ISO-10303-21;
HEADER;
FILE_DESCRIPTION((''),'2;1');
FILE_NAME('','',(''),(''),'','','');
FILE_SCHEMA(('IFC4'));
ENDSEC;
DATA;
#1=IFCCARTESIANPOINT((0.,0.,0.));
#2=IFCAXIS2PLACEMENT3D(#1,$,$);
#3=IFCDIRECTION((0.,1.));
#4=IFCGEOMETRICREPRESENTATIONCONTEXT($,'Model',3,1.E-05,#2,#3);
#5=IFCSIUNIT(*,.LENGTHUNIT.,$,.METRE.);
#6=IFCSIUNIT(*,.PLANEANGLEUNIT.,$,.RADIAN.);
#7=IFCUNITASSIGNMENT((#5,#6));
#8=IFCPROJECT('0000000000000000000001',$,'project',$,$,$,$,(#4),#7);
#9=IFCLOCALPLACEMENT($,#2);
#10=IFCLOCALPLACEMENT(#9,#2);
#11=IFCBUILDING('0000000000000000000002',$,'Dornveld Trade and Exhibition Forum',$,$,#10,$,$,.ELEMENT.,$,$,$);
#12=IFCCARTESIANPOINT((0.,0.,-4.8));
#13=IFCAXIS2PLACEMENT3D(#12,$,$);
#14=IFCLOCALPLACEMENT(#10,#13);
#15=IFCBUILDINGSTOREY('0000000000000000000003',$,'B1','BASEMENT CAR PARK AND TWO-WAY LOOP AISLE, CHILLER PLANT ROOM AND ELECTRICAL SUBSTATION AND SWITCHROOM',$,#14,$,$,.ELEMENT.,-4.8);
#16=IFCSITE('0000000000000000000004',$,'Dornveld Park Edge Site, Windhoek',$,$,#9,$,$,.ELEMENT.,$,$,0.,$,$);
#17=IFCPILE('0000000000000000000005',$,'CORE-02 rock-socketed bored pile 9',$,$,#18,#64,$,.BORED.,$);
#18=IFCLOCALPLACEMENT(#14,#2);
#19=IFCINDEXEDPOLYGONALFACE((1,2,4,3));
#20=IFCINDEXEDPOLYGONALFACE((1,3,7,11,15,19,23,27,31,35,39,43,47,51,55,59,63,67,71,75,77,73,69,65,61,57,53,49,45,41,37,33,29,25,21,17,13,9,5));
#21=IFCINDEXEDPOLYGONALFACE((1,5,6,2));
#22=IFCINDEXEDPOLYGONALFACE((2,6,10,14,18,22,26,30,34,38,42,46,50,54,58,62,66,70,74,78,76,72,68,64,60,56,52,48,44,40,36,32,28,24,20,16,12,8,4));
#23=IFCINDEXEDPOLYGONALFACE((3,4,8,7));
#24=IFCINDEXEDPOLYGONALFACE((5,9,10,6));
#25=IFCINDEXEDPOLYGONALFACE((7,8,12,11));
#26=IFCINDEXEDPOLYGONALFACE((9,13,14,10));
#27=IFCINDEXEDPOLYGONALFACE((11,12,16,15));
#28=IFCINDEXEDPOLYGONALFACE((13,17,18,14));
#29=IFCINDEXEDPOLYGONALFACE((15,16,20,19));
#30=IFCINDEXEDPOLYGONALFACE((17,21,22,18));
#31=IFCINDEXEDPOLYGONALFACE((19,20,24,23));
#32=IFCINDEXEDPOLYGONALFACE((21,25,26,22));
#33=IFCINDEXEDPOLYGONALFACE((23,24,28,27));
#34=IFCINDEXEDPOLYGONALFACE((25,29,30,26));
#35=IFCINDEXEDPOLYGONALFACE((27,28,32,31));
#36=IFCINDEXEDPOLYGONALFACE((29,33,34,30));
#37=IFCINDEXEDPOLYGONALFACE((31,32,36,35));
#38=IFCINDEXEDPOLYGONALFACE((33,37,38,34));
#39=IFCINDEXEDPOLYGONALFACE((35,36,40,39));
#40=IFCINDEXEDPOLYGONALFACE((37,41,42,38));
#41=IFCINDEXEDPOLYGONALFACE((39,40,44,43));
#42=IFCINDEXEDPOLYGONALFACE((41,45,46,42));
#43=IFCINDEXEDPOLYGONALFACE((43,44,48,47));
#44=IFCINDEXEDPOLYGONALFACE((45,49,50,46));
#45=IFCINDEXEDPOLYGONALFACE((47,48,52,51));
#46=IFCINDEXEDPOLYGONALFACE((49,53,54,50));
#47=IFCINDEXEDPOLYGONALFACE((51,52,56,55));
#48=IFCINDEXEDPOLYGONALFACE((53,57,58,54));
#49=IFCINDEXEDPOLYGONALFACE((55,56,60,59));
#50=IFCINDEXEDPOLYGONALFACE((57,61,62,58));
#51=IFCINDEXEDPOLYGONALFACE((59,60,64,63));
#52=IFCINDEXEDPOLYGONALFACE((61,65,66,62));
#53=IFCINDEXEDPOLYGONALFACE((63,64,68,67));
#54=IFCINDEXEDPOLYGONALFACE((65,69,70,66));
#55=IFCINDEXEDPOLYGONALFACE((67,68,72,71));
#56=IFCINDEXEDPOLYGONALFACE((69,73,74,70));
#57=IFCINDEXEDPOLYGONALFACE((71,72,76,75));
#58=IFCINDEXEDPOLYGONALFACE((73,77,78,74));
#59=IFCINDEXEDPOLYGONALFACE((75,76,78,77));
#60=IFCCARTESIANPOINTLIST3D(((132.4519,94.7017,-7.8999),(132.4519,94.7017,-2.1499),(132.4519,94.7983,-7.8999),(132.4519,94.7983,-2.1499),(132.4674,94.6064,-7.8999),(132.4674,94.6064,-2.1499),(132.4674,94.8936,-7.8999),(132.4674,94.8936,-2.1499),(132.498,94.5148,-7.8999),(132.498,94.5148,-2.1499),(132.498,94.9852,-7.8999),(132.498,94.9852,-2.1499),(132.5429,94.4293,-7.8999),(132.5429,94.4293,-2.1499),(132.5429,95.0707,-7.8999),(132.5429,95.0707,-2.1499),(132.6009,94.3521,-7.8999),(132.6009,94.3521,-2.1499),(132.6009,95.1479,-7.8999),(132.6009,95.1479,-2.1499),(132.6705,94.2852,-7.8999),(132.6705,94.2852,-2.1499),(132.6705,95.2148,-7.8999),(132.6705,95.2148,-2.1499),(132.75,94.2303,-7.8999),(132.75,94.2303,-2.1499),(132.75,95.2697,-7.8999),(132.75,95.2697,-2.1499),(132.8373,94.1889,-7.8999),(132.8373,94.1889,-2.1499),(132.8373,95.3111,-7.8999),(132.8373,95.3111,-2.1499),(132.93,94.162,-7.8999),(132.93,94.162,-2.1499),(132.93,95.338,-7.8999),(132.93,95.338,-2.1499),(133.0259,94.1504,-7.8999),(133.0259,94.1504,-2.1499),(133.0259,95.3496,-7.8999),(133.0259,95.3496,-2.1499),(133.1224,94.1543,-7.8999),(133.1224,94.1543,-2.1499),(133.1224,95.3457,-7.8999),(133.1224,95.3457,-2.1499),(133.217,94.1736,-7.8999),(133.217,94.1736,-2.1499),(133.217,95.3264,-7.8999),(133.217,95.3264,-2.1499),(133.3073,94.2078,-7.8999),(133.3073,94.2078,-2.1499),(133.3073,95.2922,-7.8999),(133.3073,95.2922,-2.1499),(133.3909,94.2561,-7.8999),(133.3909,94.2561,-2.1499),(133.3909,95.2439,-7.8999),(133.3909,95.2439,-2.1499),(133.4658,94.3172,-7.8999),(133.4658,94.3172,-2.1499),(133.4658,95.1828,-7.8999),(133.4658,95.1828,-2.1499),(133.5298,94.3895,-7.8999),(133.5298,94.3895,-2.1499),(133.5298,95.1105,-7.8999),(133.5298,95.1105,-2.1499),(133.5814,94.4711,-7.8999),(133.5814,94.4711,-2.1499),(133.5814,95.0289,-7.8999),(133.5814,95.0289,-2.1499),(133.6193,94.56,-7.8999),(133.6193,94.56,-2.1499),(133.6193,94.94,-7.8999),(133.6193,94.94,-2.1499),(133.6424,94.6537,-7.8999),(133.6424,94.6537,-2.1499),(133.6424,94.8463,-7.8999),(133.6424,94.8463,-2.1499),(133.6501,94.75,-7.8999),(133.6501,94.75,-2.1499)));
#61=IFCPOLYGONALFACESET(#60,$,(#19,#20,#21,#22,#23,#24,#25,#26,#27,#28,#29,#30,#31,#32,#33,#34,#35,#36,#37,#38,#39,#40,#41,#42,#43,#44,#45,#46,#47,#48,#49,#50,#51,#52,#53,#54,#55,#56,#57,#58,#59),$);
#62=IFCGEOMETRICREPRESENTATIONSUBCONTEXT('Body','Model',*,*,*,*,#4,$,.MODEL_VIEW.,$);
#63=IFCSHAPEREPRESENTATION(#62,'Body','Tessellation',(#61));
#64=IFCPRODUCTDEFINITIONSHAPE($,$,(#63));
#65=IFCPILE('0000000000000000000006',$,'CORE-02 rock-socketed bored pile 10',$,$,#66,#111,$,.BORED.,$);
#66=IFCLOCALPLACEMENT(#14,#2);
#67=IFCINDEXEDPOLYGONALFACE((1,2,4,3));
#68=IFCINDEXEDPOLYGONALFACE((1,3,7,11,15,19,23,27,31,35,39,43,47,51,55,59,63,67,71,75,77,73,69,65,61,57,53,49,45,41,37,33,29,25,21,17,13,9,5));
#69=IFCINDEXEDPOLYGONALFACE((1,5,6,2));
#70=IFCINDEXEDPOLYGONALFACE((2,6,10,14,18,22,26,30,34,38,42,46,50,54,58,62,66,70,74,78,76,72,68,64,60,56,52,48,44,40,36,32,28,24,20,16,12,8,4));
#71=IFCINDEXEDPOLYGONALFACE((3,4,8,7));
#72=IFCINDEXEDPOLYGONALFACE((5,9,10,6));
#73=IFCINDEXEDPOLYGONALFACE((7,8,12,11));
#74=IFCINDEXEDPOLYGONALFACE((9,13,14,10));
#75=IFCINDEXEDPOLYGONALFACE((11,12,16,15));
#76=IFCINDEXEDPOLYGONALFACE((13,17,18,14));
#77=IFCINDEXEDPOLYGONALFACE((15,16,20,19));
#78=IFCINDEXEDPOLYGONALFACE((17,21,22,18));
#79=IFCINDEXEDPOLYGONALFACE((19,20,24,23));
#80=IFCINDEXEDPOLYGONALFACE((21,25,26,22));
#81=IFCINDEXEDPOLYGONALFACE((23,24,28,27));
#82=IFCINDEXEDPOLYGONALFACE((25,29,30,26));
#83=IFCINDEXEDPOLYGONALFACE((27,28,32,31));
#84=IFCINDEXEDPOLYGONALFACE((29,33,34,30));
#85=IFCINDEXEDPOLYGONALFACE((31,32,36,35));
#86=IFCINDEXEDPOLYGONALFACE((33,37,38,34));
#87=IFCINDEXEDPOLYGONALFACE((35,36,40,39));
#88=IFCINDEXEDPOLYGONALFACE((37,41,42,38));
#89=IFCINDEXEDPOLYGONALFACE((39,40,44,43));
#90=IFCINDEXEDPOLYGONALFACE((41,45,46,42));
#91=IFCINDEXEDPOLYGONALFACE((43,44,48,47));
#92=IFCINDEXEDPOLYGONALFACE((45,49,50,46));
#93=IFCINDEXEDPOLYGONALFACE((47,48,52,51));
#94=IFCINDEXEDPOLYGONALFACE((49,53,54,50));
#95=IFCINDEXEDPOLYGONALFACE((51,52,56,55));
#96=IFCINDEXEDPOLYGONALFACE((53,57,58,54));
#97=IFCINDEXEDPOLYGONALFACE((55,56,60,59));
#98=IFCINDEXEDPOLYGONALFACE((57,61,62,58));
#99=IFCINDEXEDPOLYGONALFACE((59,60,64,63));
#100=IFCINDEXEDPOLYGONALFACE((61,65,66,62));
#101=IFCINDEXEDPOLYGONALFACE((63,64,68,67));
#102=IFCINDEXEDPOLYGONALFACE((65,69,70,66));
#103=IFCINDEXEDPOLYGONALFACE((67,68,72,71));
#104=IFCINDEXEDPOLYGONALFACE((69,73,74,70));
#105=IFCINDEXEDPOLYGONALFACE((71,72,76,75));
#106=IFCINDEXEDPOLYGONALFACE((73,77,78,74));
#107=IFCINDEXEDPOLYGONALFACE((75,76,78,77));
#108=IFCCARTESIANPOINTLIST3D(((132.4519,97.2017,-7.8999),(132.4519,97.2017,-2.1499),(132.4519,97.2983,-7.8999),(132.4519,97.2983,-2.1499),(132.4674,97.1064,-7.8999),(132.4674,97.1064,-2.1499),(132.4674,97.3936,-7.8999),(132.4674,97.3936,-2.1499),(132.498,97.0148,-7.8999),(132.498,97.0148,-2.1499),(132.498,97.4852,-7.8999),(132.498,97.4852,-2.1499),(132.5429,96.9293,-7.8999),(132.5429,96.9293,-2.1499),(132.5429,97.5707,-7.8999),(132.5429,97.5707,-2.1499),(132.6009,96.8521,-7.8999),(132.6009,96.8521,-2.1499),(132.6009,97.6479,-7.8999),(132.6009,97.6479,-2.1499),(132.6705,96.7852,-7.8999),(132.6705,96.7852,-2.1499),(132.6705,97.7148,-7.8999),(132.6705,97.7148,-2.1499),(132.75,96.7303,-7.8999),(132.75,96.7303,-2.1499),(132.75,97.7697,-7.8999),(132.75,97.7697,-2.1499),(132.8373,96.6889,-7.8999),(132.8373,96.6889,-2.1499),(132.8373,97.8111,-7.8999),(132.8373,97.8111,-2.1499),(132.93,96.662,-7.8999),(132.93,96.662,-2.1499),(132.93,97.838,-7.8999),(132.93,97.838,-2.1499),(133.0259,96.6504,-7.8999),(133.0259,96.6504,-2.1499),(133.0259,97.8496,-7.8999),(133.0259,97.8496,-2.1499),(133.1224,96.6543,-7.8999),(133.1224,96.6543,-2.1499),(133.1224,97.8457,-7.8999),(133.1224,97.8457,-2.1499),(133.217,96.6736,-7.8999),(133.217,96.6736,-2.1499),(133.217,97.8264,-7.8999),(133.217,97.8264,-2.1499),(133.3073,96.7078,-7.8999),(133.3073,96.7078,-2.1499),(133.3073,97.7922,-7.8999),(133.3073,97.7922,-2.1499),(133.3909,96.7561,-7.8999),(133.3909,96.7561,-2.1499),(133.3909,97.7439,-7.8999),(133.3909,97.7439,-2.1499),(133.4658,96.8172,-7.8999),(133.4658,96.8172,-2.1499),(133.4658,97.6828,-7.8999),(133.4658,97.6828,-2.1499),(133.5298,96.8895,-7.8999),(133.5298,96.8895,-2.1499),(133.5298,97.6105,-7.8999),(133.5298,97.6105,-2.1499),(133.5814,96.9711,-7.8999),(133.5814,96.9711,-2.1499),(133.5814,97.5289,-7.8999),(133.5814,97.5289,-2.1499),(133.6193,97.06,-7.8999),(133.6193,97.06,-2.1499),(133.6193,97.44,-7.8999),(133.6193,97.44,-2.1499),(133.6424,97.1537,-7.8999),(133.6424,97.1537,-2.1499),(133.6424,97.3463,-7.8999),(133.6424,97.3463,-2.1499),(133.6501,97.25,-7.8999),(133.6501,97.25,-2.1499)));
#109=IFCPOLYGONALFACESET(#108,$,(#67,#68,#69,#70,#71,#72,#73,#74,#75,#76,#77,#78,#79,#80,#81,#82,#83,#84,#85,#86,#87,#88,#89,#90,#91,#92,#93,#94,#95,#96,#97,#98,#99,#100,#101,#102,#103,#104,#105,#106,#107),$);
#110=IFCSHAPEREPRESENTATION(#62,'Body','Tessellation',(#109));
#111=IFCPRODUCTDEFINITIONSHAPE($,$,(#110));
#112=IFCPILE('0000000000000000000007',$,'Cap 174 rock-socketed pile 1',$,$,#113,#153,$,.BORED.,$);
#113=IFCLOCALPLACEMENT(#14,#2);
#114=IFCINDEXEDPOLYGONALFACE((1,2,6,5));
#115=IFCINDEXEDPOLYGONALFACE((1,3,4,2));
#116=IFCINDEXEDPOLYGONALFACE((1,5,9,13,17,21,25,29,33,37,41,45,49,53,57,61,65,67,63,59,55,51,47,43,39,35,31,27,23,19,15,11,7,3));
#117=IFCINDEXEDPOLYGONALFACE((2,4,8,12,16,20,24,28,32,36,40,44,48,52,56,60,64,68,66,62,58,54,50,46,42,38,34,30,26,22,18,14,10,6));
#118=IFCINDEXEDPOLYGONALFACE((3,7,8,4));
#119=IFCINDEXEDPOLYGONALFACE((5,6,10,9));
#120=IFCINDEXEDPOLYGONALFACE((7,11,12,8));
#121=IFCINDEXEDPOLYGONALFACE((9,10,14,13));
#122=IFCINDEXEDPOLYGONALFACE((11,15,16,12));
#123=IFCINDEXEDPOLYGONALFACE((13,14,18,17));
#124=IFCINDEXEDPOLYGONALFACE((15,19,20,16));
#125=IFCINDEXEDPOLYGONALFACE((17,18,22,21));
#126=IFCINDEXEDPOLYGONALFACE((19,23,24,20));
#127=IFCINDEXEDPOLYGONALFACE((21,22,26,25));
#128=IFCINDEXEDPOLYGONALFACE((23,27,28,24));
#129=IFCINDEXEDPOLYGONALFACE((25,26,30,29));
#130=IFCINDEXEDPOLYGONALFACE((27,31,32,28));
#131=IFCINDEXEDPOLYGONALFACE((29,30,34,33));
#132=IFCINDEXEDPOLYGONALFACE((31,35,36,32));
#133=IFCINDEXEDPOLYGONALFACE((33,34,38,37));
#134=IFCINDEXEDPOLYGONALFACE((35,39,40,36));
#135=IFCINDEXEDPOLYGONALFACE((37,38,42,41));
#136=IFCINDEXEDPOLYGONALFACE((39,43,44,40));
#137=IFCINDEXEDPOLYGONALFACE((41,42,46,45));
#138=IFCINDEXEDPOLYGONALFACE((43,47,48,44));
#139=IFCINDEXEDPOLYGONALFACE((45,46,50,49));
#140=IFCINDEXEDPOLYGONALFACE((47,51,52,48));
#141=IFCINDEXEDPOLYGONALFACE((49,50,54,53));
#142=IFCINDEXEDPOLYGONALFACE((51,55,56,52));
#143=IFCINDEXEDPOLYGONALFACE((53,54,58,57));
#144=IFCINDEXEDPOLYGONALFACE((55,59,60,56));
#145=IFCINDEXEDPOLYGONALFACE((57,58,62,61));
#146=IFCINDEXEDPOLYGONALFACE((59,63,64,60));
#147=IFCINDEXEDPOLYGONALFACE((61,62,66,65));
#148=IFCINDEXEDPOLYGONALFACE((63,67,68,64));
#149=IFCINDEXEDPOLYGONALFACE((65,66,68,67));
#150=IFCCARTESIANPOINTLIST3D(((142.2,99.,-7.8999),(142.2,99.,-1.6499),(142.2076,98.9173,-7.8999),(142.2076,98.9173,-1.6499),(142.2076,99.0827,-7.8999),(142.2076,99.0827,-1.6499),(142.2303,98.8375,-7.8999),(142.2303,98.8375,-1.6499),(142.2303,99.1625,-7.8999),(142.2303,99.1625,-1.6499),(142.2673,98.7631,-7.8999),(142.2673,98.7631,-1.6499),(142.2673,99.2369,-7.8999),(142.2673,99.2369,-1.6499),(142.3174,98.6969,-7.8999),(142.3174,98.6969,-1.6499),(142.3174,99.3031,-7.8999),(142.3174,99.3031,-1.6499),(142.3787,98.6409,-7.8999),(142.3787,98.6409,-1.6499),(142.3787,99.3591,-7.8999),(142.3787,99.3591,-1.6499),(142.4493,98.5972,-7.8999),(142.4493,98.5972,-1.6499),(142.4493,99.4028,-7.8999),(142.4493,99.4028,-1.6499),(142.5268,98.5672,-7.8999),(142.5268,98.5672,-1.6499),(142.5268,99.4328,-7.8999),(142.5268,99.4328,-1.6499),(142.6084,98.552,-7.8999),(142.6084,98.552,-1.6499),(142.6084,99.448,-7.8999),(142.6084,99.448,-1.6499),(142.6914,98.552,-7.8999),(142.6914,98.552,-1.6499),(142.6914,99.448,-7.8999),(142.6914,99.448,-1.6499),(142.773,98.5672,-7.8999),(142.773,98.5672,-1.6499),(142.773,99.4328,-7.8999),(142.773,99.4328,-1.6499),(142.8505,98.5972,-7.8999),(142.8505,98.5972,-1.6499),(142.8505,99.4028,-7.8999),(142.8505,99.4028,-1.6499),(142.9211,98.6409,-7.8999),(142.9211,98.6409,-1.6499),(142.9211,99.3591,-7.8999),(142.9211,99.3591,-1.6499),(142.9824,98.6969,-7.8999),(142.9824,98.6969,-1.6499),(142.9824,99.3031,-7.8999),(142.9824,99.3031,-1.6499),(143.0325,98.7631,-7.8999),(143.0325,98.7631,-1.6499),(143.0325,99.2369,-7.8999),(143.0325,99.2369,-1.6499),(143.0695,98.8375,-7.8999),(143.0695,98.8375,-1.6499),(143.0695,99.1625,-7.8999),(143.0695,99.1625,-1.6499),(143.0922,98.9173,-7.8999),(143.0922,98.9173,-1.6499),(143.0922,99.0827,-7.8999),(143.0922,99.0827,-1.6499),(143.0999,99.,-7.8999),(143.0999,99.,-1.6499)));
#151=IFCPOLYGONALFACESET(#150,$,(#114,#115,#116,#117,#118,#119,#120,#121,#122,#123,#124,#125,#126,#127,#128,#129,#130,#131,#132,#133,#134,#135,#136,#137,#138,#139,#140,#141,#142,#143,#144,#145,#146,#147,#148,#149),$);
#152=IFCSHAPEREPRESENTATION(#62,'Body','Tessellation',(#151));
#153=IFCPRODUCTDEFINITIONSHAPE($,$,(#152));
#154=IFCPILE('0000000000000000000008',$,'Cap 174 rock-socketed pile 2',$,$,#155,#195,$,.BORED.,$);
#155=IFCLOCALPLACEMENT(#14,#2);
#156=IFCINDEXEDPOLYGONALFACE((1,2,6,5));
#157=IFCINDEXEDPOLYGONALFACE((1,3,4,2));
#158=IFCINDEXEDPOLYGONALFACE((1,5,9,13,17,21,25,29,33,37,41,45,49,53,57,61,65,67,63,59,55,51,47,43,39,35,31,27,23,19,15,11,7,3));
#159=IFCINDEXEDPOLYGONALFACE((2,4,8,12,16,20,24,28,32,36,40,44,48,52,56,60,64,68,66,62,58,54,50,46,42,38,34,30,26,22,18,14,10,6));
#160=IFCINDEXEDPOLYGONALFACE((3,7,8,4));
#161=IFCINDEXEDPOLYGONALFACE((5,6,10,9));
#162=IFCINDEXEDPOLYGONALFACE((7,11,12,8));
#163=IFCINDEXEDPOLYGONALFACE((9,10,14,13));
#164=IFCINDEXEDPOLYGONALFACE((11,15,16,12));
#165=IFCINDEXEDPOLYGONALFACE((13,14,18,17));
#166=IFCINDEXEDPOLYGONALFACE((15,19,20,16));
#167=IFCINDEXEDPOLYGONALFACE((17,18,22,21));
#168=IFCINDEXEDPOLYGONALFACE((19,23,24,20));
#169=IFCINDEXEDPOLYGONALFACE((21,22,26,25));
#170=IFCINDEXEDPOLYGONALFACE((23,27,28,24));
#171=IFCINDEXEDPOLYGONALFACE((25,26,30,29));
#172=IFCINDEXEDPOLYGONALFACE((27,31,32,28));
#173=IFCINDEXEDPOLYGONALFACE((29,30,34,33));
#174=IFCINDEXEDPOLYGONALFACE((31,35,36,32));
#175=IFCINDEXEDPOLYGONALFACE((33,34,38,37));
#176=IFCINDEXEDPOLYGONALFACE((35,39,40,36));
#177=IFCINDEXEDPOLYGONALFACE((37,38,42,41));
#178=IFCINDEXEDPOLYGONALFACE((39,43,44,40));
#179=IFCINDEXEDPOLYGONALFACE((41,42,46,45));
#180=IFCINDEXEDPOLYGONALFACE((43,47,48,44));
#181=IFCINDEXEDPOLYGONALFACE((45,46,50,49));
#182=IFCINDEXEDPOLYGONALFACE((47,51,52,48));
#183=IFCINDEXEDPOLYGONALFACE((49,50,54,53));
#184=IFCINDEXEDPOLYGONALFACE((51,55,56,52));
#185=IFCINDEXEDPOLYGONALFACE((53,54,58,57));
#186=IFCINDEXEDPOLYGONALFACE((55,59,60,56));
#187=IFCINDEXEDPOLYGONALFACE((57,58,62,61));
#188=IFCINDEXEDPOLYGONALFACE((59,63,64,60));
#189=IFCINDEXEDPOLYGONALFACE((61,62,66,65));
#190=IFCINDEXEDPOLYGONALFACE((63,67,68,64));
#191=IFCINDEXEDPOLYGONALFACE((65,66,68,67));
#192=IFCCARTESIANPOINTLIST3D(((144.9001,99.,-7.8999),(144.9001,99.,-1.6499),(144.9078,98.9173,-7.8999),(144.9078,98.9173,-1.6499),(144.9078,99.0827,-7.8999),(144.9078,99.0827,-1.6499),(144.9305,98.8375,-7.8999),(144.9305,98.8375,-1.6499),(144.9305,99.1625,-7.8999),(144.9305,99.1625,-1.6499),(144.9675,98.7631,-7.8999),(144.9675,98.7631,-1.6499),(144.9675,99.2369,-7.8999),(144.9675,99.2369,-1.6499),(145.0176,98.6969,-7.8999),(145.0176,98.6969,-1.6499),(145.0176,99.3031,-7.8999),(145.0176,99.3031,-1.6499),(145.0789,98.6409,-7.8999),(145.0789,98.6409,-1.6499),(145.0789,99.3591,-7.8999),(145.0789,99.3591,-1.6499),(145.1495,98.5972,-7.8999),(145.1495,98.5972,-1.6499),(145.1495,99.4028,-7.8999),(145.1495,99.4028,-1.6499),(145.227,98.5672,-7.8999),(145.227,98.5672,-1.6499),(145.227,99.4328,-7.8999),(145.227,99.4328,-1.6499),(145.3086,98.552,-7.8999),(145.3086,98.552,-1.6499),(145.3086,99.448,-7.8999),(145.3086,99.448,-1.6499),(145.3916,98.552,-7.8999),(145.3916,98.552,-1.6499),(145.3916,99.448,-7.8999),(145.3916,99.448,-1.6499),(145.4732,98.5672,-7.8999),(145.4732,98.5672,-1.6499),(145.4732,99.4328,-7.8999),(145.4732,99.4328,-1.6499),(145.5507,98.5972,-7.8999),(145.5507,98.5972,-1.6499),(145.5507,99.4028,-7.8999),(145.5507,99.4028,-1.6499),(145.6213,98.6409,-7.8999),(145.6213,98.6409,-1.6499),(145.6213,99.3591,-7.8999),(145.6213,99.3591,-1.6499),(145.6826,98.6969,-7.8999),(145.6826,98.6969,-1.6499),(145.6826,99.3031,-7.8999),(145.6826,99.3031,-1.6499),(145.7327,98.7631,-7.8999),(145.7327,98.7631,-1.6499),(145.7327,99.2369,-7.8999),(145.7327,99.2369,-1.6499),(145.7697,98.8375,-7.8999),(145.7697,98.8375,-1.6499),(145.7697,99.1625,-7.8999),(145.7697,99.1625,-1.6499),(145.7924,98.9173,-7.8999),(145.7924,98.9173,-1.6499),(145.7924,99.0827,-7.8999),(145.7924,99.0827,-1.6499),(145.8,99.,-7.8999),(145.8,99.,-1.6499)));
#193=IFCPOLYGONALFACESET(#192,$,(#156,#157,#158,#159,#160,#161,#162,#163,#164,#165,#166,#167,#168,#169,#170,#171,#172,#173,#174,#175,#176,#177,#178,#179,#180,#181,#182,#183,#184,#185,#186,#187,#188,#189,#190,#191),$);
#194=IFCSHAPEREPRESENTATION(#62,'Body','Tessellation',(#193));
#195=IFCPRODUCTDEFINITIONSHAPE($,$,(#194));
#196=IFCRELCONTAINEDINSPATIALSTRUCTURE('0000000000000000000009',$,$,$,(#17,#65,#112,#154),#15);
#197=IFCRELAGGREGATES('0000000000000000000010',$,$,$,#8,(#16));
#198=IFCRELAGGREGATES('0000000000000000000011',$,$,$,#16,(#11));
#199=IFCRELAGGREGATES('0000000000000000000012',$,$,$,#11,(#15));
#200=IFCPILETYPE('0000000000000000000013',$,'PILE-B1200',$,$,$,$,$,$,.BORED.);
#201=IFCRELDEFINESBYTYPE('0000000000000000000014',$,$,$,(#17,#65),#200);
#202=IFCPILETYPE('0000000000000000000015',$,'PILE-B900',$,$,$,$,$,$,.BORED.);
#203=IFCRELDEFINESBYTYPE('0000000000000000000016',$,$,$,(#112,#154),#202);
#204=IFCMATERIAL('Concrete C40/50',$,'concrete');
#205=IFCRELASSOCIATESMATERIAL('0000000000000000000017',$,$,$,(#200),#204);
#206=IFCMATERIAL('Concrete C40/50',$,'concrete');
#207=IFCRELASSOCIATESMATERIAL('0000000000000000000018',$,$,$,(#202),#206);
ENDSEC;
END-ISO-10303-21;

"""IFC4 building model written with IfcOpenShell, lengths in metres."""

from ifc_helpers import new_model, si_unit, direction, frame, origin, origin_2d, place, context, subcontext, project, spatial, circle, extrude, material, material_profile, profile_set, type_object, element, save


model = new_model("IFC4")

# Units and contexts
model_context = context("Model", 3, precision=1e-05, world=origin(), true_north=direction((0.0, 1.0)))
body_context = subcontext(model_context, "Body", "Model", "MODEL_VIEW")
ifc_project = project(units=[si_unit("LENGTHUNIT", "METRE"), si_unit("PLANEANGLEUNIT", "RADIAN")], contexts=[model_context])

# Site, building, storey
site_placement = place(None, origin())
site = spatial("IfcSite", under=ifc_project, at=site_placement, Name="Dornveld Park Edge Site, Windhoek", CompositionType="ELEMENT", RefElevation=0.0)
building_placement = place(site_placement, origin())
building = spatial("IfcBuilding", under=site, at=building_placement, Name="Dornveld Trade and Exhibition Forum", CompositionType="ELEMENT")
storey_placement = place(building_placement, frame((0.0, 0.0, -4.8)))
storey = spatial("IfcBuildingStorey", under=building, at=storey_placement, Name="B1", Description="BASEMENT CAR PARK AND TWO-WAY LOOP AISLE, CHILLER PLANT ROOM AND ELECTRICAL SUBSTATION AND SWITCHROOM", CompositionType="ELEMENT", Elevation=-4.8)

# Piles
ifc_material_1 = material(Name="Concrete C40/50", Category="concrete")
ifc_material_profile_1 = material_profile(ifc_material_1, circle(Radius=0.6001, at=origin_2d()), Name="PILE D1200")
ifc_profile_set_1 = profile_set([ifc_material_profile_1], Name="Concrete C40/50")
pile_type_1 = type_object("IfcPileType", Name="PILE-B1200", PredefinedType="BORED", material=ifc_profile_set_1)
for number, where, z_axis, x_axis, name in (
    (1, (133.05, 94.75, -2.1499), (0.0, 0.0, -1.0), (1.0, 0.0, 0.0), "CORE-02 rock-socketed bored pile 9"),
    (2, (133.05, 97.25, -2.1499), (0.0, 0.0, -1.0), (1.0, 0.0, 0.0), "CORE-02 rock-socketed bored pile 10"),
):
    element("IfcPile", number, at=place(storey_placement, frame(where, z_axis=z_axis, x_axis=x_axis)), inside=storey, type_object=pile_type_1, Name=name, PredefinedType="BORED", context=body_context, shape_type="SweptSolid", body=[
        extrude(circle(Radius=0.6001, at=origin_2d()), origin(), (0.0, 0.0, 1.0), 5.75),
    ])
ifc_material_2 = material(Name="Concrete C40/50", Category="concrete")
ifc_material_profile_2 = material_profile(ifc_material_2, circle(Radius=0.45, at=origin_2d()), Name="PILE D900")
ifc_profile_set_2 = profile_set([ifc_material_profile_2], Name="Concrete C40/50")
pile_type_2 = type_object("IfcPileType", Name="PILE-B900", PredefinedType="BORED", material=ifc_profile_set_2)
for number, where, z_axis, x_axis, name in (
    (3, (142.6499, 99.0, -1.6499), (0.0, 0.0, -1.0), (1.0, 0.0, 0.0), "Cap 174 rock-socketed pile 1"),
    (4, (145.3501, 99.0, -1.6499), (0.0, 0.0, -1.0), (1.0, 0.0, 0.0), "Cap 174 rock-socketed pile 2"),
):
    element("IfcPile", number, at=place(storey_placement, frame(where, z_axis=z_axis, x_axis=x_axis)), inside=storey, type_object=pile_type_2, Name=name, PredefinedType="BORED", context=body_context, shape_type="SweptSolid", body=[
        extrude(circle(Radius=0.45, at=origin_2d()), origin(), (0.0, 0.0, 1.0), 6.25),
    ])

save(model, "model.ifc")
